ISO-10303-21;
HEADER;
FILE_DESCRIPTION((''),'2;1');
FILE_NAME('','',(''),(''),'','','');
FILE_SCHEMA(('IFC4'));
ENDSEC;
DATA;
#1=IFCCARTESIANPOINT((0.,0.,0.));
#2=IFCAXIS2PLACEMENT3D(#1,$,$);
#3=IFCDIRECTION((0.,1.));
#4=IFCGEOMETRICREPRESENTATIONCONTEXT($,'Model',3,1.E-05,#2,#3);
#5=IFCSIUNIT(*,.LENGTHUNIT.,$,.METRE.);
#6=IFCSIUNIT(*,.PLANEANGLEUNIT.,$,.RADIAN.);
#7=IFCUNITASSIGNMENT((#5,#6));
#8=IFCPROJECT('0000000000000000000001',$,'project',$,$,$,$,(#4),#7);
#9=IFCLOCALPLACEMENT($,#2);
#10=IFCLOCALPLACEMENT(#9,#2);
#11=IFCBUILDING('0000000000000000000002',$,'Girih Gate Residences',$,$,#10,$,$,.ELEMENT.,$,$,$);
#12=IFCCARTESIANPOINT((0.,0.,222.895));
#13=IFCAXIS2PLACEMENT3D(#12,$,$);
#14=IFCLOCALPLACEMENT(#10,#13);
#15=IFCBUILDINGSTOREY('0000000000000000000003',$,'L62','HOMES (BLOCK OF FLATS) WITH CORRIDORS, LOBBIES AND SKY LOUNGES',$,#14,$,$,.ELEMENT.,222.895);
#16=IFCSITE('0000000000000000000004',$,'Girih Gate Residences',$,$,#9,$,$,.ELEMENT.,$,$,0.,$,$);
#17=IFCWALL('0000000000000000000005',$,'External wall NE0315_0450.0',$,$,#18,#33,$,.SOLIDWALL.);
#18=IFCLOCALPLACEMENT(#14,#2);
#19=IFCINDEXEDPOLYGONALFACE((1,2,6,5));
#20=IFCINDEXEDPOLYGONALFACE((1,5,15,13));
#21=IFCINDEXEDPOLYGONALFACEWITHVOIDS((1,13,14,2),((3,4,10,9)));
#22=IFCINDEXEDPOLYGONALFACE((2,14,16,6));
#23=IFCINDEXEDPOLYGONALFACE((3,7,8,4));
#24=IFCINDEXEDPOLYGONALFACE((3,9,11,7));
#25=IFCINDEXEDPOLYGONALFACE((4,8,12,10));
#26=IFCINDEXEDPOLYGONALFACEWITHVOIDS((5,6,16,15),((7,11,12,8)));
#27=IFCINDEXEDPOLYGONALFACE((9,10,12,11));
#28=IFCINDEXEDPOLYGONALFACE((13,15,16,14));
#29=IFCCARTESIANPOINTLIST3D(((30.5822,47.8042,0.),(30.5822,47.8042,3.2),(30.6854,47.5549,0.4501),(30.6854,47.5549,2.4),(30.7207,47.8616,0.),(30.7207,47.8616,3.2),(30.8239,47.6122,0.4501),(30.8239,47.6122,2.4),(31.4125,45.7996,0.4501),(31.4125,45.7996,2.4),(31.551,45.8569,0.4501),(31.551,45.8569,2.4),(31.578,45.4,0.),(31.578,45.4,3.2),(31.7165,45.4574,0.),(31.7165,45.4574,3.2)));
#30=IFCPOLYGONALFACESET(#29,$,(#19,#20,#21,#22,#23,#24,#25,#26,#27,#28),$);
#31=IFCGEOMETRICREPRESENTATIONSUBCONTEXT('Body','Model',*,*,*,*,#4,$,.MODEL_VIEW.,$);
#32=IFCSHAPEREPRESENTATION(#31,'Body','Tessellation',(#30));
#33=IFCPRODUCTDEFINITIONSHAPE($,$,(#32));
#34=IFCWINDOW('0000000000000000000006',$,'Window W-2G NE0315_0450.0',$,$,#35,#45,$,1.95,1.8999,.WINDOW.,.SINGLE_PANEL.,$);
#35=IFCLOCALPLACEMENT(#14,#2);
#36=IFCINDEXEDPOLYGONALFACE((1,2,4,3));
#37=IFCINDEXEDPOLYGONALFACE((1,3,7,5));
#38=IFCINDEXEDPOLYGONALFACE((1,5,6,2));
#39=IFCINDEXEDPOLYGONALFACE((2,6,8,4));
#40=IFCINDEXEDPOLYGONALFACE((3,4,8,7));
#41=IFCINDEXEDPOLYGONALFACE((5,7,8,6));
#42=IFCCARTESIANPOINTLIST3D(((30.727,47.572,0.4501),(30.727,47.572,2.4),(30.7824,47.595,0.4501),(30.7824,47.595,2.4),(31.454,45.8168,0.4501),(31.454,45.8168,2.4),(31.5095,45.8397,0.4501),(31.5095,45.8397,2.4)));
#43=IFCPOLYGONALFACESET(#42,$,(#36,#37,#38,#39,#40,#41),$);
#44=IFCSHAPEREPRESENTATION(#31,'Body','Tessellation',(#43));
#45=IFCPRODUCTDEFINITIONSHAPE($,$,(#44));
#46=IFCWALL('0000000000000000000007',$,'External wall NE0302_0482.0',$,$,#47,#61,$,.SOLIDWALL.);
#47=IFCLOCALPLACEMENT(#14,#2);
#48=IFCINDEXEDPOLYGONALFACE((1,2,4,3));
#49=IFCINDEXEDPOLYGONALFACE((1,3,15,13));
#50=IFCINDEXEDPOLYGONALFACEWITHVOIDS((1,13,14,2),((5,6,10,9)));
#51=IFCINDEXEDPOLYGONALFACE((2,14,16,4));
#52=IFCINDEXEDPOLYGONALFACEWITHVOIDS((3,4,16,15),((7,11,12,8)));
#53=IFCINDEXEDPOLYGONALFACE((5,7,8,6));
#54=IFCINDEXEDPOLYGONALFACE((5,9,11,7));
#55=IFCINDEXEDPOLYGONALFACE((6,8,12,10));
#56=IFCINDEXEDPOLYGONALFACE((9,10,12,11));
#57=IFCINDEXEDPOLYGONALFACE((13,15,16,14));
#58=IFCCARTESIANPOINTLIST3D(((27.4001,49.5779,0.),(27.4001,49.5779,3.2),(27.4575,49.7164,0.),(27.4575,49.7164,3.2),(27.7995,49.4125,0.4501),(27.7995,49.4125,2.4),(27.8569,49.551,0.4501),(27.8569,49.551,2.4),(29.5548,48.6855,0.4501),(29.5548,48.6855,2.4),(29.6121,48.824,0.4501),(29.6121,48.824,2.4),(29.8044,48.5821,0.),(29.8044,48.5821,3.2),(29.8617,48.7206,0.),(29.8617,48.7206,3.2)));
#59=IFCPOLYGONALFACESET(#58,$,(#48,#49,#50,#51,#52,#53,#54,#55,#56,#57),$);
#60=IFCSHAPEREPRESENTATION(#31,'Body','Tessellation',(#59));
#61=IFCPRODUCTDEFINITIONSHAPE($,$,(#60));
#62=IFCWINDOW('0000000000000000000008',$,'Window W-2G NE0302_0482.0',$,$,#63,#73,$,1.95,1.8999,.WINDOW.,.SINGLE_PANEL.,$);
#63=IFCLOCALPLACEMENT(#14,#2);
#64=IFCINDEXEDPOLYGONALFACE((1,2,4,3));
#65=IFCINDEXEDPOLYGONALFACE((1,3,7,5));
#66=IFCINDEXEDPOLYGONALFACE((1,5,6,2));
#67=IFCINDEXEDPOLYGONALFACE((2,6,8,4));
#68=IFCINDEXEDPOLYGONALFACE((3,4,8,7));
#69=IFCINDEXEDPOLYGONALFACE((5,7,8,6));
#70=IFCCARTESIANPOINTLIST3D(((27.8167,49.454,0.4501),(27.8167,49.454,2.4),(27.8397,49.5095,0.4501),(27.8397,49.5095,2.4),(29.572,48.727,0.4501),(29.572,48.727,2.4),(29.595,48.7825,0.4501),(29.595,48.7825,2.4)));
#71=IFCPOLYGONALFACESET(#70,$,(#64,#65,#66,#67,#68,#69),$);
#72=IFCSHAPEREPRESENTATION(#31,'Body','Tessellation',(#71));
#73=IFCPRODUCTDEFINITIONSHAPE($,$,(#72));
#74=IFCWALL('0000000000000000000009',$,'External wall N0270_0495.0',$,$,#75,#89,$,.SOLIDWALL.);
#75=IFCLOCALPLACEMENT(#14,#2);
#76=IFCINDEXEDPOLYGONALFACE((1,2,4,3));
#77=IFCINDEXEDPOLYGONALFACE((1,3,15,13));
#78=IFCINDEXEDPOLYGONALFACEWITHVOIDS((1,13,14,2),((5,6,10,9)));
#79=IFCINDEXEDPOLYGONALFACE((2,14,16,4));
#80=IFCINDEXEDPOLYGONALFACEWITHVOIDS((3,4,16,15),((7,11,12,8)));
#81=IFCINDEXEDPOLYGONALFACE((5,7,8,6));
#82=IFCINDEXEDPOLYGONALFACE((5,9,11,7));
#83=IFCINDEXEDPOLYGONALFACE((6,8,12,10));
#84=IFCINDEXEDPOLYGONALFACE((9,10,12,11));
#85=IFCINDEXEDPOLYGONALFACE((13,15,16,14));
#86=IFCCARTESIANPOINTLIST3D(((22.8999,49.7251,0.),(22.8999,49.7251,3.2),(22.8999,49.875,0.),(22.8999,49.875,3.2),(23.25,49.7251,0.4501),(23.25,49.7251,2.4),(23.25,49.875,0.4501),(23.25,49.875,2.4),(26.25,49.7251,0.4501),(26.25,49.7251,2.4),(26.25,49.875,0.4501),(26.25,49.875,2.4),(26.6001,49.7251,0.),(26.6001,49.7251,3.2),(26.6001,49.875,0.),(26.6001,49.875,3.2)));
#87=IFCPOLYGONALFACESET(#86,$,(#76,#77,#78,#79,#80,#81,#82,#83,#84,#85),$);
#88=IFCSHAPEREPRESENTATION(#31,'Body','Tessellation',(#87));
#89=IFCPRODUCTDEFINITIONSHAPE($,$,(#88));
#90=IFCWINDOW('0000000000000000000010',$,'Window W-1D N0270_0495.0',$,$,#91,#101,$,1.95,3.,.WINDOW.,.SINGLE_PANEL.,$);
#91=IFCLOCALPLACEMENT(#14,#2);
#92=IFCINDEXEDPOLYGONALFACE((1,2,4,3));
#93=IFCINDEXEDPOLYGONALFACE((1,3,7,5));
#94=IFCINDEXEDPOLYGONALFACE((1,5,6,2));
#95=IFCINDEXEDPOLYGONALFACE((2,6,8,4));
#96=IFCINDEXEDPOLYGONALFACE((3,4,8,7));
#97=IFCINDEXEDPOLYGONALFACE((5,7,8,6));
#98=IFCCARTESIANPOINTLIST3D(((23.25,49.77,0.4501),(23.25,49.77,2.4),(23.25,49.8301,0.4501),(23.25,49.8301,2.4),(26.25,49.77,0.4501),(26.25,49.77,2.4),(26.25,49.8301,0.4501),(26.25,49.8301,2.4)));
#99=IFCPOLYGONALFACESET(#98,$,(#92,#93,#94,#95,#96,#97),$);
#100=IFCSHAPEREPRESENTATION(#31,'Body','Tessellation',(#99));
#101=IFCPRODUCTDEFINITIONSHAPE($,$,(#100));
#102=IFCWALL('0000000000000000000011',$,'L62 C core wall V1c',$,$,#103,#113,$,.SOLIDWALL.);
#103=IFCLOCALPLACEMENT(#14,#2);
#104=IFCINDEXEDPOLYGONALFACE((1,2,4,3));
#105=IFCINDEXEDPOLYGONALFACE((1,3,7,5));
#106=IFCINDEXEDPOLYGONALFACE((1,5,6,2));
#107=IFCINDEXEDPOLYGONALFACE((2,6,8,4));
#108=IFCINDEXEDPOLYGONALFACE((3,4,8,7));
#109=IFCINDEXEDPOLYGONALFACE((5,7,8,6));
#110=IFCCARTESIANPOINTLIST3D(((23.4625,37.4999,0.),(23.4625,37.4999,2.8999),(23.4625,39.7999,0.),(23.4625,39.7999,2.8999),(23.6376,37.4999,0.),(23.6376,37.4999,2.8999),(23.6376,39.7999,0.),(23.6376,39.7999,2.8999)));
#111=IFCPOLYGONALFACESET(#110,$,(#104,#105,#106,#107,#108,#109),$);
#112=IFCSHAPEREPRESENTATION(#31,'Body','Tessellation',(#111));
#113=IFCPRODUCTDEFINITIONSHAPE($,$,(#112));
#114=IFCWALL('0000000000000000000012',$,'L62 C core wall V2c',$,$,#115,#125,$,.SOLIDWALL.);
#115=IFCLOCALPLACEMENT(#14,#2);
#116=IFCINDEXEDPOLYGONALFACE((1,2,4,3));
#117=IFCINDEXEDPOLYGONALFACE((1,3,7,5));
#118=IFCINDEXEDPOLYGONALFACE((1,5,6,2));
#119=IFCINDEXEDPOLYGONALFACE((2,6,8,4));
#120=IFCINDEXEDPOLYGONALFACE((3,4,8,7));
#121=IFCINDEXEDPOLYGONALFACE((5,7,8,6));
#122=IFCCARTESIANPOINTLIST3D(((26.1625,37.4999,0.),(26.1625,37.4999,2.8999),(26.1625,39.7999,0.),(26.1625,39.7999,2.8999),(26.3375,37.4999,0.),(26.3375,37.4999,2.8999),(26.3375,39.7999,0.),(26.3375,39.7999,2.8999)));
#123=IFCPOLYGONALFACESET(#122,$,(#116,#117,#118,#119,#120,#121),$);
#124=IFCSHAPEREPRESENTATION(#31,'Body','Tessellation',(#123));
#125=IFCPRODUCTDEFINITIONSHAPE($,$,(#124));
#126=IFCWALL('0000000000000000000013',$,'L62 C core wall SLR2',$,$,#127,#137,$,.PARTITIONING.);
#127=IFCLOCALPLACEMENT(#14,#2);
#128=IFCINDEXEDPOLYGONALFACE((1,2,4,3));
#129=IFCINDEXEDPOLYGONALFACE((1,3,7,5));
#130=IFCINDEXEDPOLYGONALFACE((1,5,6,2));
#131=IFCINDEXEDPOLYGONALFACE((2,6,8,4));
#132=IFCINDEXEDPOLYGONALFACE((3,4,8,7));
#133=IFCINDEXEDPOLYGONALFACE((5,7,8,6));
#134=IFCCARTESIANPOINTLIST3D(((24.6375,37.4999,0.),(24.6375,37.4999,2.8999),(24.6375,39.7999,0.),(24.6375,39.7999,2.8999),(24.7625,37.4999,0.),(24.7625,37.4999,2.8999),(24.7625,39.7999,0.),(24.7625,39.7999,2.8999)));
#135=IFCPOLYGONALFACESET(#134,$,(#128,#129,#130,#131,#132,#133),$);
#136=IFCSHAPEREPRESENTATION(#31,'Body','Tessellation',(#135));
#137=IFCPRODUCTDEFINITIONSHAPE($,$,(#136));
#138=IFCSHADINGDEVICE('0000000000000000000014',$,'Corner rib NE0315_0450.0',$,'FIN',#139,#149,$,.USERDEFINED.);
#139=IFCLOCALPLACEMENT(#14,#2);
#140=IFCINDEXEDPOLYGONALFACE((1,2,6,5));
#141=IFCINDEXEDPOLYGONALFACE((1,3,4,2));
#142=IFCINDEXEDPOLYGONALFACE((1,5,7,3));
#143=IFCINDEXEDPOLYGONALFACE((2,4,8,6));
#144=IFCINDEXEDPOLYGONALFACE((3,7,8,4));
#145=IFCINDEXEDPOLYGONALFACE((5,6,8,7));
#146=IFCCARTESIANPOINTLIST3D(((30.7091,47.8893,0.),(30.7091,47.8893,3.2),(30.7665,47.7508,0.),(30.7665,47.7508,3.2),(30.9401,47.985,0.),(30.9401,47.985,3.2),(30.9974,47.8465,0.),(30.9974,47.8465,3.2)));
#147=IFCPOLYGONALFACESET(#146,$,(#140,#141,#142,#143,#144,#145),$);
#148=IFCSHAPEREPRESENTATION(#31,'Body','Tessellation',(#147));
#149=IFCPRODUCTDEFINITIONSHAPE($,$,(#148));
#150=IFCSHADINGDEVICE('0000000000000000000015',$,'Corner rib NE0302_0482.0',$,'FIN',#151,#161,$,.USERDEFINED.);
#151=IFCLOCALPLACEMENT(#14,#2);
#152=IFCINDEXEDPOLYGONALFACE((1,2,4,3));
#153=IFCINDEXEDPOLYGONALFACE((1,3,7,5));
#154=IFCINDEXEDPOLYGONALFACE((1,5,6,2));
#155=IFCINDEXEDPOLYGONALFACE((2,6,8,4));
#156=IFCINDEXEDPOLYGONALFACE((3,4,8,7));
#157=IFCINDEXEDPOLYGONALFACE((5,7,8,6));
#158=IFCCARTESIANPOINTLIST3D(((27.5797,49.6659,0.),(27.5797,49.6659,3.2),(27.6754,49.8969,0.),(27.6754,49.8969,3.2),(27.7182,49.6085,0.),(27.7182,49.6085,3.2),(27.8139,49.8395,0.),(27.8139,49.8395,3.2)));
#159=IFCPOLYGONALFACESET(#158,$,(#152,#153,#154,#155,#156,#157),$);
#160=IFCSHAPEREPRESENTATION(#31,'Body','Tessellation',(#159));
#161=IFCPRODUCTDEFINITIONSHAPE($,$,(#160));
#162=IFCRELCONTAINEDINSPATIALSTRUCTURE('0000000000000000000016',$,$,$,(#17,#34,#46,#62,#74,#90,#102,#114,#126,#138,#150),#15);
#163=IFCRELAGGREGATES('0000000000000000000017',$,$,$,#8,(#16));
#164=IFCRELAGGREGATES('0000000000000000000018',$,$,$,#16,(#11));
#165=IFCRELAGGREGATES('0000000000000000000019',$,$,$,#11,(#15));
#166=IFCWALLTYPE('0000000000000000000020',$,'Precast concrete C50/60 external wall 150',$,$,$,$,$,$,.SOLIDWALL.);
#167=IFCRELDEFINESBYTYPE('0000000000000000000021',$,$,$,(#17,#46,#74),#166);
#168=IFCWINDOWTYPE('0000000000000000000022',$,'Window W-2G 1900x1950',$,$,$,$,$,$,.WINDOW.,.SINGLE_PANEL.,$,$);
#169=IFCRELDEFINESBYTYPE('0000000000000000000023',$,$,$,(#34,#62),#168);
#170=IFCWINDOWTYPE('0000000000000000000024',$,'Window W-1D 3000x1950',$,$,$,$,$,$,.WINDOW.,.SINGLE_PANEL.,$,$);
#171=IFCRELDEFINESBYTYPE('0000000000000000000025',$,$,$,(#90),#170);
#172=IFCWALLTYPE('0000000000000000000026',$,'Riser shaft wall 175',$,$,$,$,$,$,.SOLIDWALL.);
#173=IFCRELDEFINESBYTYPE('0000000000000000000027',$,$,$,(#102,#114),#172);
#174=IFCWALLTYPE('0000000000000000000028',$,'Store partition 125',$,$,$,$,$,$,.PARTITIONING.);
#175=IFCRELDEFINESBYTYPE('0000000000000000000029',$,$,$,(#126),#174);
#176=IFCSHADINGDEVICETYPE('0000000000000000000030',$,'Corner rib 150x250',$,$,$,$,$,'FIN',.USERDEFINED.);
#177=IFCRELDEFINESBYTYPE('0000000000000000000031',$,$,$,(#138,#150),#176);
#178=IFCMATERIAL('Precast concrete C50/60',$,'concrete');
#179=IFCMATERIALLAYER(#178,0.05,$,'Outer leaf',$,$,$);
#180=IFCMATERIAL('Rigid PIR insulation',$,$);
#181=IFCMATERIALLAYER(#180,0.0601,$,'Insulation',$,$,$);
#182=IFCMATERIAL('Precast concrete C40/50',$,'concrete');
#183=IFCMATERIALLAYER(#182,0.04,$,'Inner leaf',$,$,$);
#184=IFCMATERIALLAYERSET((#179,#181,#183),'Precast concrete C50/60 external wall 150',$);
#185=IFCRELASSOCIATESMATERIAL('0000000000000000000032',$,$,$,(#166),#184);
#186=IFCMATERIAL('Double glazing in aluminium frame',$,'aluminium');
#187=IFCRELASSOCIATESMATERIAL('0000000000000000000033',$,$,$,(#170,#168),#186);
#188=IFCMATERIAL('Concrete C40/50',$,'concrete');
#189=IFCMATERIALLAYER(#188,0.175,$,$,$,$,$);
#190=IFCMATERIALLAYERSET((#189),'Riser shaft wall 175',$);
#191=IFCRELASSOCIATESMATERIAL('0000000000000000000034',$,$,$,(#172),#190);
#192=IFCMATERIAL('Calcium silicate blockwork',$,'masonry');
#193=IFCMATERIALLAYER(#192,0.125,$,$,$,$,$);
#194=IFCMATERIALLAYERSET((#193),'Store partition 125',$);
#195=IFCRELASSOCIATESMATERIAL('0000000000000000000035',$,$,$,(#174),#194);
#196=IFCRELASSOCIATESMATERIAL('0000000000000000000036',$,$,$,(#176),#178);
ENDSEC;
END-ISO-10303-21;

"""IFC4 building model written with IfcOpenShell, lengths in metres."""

from ifc_helpers import new_model, si_unit, direction, frame, frame_2d, origin, origin_2d, place, context, subcontext, project, spatial, rectangle, extrude, material, layer, layer_set, type_object, element, fill, save


model = new_model("IFC4")

# Units and contexts
model_context = context("Model", 3, precision=1e-05, world=origin(), true_north=direction((0.0, 1.0)))
body_context = subcontext(model_context, "Body", "Model", "MODEL_VIEW")
ifc_project = project(units=[si_unit("LENGTHUNIT", "METRE"), si_unit("PLANEANGLEUNIT", "RADIAN")], contexts=[model_context])

# Site, building, storey
site_placement = place(None, origin())
site = spatial("IfcSite", under=ifc_project, at=site_placement, Name="Girih Gate Residences", CompositionType="ELEMENT", RefElevation=0.0)
building_placement = place(site_placement, origin())
building = spatial("IfcBuilding", under=site, at=building_placement, Name="Girih Gate Residences", CompositionType="ELEMENT")
storey_placement = place(building_placement, frame((0.0, 0.0, 222.895)))
storey = spatial("IfcBuildingStorey", under=building, at=storey_placement, Name="L62", Description="HOMES (BLOCK OF FLATS) WITH CORRIDORS, LOBBIES AND SKY LOUNGES", CompositionType="ELEMENT", Elevation=222.895)

# Walls, openings, windows
ifc_material_1 = material(Name="Precast concrete C50/60", Category="concrete")
ifc_layer_1 = layer(ifc_material_1, 0.05, Name="Outer leaf")
ifc_material_2 = material(Name="Rigid PIR insulation")
ifc_layer_2 = layer(ifc_material_2, 0.0601, Name="Insulation")
ifc_material_3 = material(Name="Precast concrete C40/50", Category="concrete")
ifc_layer_3 = layer(ifc_material_3, 0.04, Name="Inner leaf")
ifc_layer_set_1 = layer_set([ifc_layer_1, ifc_layer_2, ifc_layer_3], Name="Precast concrete C50/60 external wall 150")
wall_type_1 = type_object("IfcWallType", Name="Precast concrete C50/60 external wall 150", PredefinedType="SOLIDWALL", material=ifc_layer_set_1)
ifc_material_4 = material(Name="Double glazing in aluminium frame", Category="aluminium")
window_type_1 = type_object("IfcWindowType", Name="Window W-1D 3000x1950", PartitioningType="SINGLE_PANEL", PredefinedType="WINDOW", material=ifc_material_4)
wall_1_placement = place(storey_placement, frame((30.6514, 47.833, 0.0), z_axis=(0.0, 0.0, 1.0), x_axis=(0.382669, -0.923885, 0.0)))
wall_1 = element("IfcWall", 1, at=wall_1_placement, inside=storey, type_object=wall_type_1, Name="External wall NE0315_0450.0", PredefinedType="SOLIDWALL", context=body_context, shape_type="SweptSolid", body=[
    extrude(rectangle(XDim=2.6023, YDim=0.1499, at=frame_2d((1.3013, 0.0))), origin(), (0.0, 0.0, 1.0), 3.2),
])
opening_1_placement = place(wall_1_placement, frame((0.27, 0.0, 0.45)))
opening_1 = element("IfcOpeningElement", 2, at=opening_1_placement, cuts=wall_1, PredefinedType="OPENING", context=body_context, shape_type="SweptSolid", body=[
    extrude(rectangle(XDim=1.8999, YDim=1.95, at=frame_2d((0.95, 0.9751))), frame((0.0, 0.085, 0.0), z_axis=(0.0, -1.0, 0.0), x_axis=(1.0, 0.0, 0.0)), (0.0, 0.0, 1.0), 0.1699),
])
window_type_2 = type_object("IfcWindowType", Name="Window W-2G 1900x1950", PartitioningType="SINGLE_PANEL", PredefinedType="WINDOW", material=ifc_material_4)
window_1_placement = place(opening_1_placement, origin())
window_1 = element("IfcWindow", 3, at=window_1_placement, inside=storey, type_object=window_type_2, Name="Window W-2G NE0315_0450.0", OverallHeight=1.95, OverallWidth=1.8999, PartitioningType="SINGLE_PANEL", PredefinedType="WINDOW", context=body_context, shape_type="SweptSolid", body=[
    extrude(rectangle(XDim=1.8999, YDim=1.95, at=frame_2d((0.95, 0.9751))), frame((0.0, 0.03, 0.0), z_axis=(0.0, -1.0, 0.0), x_axis=(1.0, 0.0, 0.0)), (0.0, 0.0, 1.0), 0.0601),
])
fill(opening_1, window_1)
wall_2_placement = place(storey_placement, frame((27.4287, 49.6472, 0.0), z_axis=(0.0, 0.0, 1.0), x_axis=(0.923885, -0.382669, 0.0)))
wall_2 = element("IfcWall", 4, at=wall_2_placement, inside=storey, type_object=wall_type_1, Name="External wall NE0302_0482.0", PredefinedType="SOLIDWALL", context=body_context, shape_type="SweptSolid", body=[
    extrude(rectangle(XDim=2.6023, YDim=0.1499, at=frame_2d((1.3013, 0.0))), origin(), (0.0, 0.0, 1.0), 3.2),
])
opening_2_placement = place(wall_2_placement, frame((0.4324, 0.0, 0.45)))
opening_2 = element("IfcOpeningElement", 5, at=opening_2_placement, cuts=wall_2, PredefinedType="OPENING", context=body_context, shape_type="SweptSolid", body=[
    extrude(rectangle(XDim=1.8999, YDim=1.95, at=frame_2d((0.95, 0.9751))), frame((0.0, 0.085, 0.0), z_axis=(0.0, -1.0, 0.0), x_axis=(1.0, 0.0, 0.0)), (0.0, 0.0, 1.0), 0.1699),
])
window_2_placement = place(opening_2_placement, origin())
window_2 = element("IfcWindow", 6, at=window_2_placement, inside=storey, type_object=window_type_2, Name="Window W-2G NE0302_0482.0", OverallHeight=1.95, OverallWidth=1.8999, PartitioningType="SINGLE_PANEL", PredefinedType="WINDOW", context=body_context, shape_type="SweptSolid", body=[
    extrude(rectangle(XDim=1.8999, YDim=1.95, at=frame_2d((0.95, 0.9751))), frame((0.0, 0.03, 0.0), z_axis=(0.0, -1.0, 0.0), x_axis=(1.0, 0.0, 0.0)), (0.0, 0.0, 1.0), 0.0601),
])
fill(opening_2, window_2)
wall_3_placement = place(storey_placement, frame((22.8999, 49.8, 0.0), z_axis=(0.0, 0.0, 1.0), x_axis=(1.0, 0.0, 0.0)))
wall_3 = element("IfcWall", 7, at=wall_3_placement, inside=storey, type_object=wall_type_1, Name="External wall N0270_0495.0", PredefinedType="SOLIDWALL", context=body_context, shape_type="SweptSolid", body=[
    extrude(rectangle(XDim=3.7002, YDim=0.1499, at=frame_2d((1.8501, 0.0))), origin(), (0.0, 0.0, 1.0), 3.2),
])
opening_3_placement = place(wall_3_placement, frame((0.3501, 0.0, 0.45)))
opening_3 = element("IfcOpeningElement", 8, at=opening_3_placement, cuts=wall_3, PredefinedType="OPENING", context=body_context, shape_type="SweptSolid", body=[
    extrude(rectangle(XDim=3.0, YDim=1.95, at=frame_2d((1.5, 0.9751))), frame((0.0, 0.085, 0.0), z_axis=(0.0, -1.0, 0.0), x_axis=(1.0, 0.0, 0.0)), (0.0, 0.0, 1.0), 0.1699),
])
window_3_placement = place(opening_3_placement, origin())
window_3 = element("IfcWindow", 9, at=window_3_placement, inside=storey, type_object=window_type_1, Name="Window W-1D N0270_0495.0", OverallHeight=1.95, OverallWidth=3.0, PartitioningType="SINGLE_PANEL", PredefinedType="WINDOW", context=body_context, shape_type="SweptSolid", body=[
    extrude(rectangle(XDim=3.0, YDim=1.95, at=frame_2d((1.5, 0.9751))), frame((0.0, 0.03, 0.0), z_axis=(0.0, -1.0, 0.0), x_axis=(1.0, 0.0, 0.0)), (0.0, 0.0, 1.0), 0.0601),
])
fill(opening_3, window_3)

# Walls
ifc_material_5 = material(Name="Concrete C40/50", Category="concrete")
ifc_layer_4 = layer(ifc_material_5, 0.175)
ifc_layer_set_2 = layer_set([ifc_layer_4], Name="Riser shaft wall 175")
wall_type_2 = type_object("IfcWallType", Name="Riser shaft wall 175", PredefinedType="SOLIDWALL", material=ifc_layer_set_2)
for number, where, z_axis, x_axis, name in (
    (10, (23.55, 37.5, 0.0), (0.0, 0.0, 1.0), (0.0, 1.0, 0.0), "L62 C core wall V1c"),
    (11, (26.25, 37.5, 0.0), (0.0, 0.0, 1.0), (0.0, 1.0, 0.0), "L62 C core wall V2c"),
):
    element("IfcWall", number, at=place(storey_placement, frame(where, z_axis=z_axis, x_axis=x_axis)), inside=storey, type_object=wall_type_2, Name=name, PredefinedType="SOLIDWALL", context=body_context, shape_type="SweptSolid", body=[
        extrude(rectangle(XDim=2.3, YDim=0.175, at=frame_2d((1.1499, 0.0))), origin(), (0.0, 0.0, 1.0), 2.8999),
    ])
ifc_material_6 = material(Name="Calcium silicate blockwork", Category="masonry")
ifc_layer_5 = layer(ifc_material_6, 0.125)
ifc_layer_set_3 = layer_set([ifc_layer_5], Name="Store partition 125")
wall_type_3 = type_object("IfcWallType", Name="Store partition 125", PredefinedType="PARTITIONING", material=ifc_layer_set_3)
wall_4_placement = place(storey_placement, frame((24.7, 37.5, 0.0), z_axis=(0.0, 0.0, 1.0), x_axis=(0.0, 1.0, 0.0)))
element("IfcWall", 12, at=wall_4_placement, inside=storey, type_object=wall_type_3, Name="L62 C core wall SLR2", PredefinedType="PARTITIONING", context=body_context, shape_type="SweptSolid", body=[
    extrude(rectangle(XDim=2.3, YDim=0.125, at=frame_2d((1.1499, 0.0))), origin(), (0.0, 0.0, 1.0), 2.8999),
])

# Shading devices
shading_device_type = type_object("IfcShadingDeviceType", Name="Corner rib 150x250", ElementType="FIN", PredefinedType="USERDEFINED", material=ifc_material_1)
for number, where, z_axis, x_axis, name in (
    (13, (30.8533, 47.8679, 0.0), (0.0, 0.0, 1.0), (-0.382683, 0.92388, 0.0), "Corner rib NE0315_0450.0"),
    (14, (27.6968, 49.7527, 0.0), (0.0, 0.0, 1.0), (-0.92388, 0.382683, 0.0), "Corner rib NE0302_0482.0"),
):
    element("IfcShadingDevice", number, at=place(storey_placement, frame(where, z_axis=z_axis, x_axis=x_axis)), inside=storey, type_object=shading_device_type, Name=name, ObjectType="FIN", PredefinedType="USERDEFINED", context=body_context, shape_type="SweptSolid", body=[
        extrude(rectangle(XDim=0.1499, YDim=0.25, at=origin_2d()), origin(), (0.0, 0.0, 1.0), 3.2),
    ])

save(model, "model.ifc")
